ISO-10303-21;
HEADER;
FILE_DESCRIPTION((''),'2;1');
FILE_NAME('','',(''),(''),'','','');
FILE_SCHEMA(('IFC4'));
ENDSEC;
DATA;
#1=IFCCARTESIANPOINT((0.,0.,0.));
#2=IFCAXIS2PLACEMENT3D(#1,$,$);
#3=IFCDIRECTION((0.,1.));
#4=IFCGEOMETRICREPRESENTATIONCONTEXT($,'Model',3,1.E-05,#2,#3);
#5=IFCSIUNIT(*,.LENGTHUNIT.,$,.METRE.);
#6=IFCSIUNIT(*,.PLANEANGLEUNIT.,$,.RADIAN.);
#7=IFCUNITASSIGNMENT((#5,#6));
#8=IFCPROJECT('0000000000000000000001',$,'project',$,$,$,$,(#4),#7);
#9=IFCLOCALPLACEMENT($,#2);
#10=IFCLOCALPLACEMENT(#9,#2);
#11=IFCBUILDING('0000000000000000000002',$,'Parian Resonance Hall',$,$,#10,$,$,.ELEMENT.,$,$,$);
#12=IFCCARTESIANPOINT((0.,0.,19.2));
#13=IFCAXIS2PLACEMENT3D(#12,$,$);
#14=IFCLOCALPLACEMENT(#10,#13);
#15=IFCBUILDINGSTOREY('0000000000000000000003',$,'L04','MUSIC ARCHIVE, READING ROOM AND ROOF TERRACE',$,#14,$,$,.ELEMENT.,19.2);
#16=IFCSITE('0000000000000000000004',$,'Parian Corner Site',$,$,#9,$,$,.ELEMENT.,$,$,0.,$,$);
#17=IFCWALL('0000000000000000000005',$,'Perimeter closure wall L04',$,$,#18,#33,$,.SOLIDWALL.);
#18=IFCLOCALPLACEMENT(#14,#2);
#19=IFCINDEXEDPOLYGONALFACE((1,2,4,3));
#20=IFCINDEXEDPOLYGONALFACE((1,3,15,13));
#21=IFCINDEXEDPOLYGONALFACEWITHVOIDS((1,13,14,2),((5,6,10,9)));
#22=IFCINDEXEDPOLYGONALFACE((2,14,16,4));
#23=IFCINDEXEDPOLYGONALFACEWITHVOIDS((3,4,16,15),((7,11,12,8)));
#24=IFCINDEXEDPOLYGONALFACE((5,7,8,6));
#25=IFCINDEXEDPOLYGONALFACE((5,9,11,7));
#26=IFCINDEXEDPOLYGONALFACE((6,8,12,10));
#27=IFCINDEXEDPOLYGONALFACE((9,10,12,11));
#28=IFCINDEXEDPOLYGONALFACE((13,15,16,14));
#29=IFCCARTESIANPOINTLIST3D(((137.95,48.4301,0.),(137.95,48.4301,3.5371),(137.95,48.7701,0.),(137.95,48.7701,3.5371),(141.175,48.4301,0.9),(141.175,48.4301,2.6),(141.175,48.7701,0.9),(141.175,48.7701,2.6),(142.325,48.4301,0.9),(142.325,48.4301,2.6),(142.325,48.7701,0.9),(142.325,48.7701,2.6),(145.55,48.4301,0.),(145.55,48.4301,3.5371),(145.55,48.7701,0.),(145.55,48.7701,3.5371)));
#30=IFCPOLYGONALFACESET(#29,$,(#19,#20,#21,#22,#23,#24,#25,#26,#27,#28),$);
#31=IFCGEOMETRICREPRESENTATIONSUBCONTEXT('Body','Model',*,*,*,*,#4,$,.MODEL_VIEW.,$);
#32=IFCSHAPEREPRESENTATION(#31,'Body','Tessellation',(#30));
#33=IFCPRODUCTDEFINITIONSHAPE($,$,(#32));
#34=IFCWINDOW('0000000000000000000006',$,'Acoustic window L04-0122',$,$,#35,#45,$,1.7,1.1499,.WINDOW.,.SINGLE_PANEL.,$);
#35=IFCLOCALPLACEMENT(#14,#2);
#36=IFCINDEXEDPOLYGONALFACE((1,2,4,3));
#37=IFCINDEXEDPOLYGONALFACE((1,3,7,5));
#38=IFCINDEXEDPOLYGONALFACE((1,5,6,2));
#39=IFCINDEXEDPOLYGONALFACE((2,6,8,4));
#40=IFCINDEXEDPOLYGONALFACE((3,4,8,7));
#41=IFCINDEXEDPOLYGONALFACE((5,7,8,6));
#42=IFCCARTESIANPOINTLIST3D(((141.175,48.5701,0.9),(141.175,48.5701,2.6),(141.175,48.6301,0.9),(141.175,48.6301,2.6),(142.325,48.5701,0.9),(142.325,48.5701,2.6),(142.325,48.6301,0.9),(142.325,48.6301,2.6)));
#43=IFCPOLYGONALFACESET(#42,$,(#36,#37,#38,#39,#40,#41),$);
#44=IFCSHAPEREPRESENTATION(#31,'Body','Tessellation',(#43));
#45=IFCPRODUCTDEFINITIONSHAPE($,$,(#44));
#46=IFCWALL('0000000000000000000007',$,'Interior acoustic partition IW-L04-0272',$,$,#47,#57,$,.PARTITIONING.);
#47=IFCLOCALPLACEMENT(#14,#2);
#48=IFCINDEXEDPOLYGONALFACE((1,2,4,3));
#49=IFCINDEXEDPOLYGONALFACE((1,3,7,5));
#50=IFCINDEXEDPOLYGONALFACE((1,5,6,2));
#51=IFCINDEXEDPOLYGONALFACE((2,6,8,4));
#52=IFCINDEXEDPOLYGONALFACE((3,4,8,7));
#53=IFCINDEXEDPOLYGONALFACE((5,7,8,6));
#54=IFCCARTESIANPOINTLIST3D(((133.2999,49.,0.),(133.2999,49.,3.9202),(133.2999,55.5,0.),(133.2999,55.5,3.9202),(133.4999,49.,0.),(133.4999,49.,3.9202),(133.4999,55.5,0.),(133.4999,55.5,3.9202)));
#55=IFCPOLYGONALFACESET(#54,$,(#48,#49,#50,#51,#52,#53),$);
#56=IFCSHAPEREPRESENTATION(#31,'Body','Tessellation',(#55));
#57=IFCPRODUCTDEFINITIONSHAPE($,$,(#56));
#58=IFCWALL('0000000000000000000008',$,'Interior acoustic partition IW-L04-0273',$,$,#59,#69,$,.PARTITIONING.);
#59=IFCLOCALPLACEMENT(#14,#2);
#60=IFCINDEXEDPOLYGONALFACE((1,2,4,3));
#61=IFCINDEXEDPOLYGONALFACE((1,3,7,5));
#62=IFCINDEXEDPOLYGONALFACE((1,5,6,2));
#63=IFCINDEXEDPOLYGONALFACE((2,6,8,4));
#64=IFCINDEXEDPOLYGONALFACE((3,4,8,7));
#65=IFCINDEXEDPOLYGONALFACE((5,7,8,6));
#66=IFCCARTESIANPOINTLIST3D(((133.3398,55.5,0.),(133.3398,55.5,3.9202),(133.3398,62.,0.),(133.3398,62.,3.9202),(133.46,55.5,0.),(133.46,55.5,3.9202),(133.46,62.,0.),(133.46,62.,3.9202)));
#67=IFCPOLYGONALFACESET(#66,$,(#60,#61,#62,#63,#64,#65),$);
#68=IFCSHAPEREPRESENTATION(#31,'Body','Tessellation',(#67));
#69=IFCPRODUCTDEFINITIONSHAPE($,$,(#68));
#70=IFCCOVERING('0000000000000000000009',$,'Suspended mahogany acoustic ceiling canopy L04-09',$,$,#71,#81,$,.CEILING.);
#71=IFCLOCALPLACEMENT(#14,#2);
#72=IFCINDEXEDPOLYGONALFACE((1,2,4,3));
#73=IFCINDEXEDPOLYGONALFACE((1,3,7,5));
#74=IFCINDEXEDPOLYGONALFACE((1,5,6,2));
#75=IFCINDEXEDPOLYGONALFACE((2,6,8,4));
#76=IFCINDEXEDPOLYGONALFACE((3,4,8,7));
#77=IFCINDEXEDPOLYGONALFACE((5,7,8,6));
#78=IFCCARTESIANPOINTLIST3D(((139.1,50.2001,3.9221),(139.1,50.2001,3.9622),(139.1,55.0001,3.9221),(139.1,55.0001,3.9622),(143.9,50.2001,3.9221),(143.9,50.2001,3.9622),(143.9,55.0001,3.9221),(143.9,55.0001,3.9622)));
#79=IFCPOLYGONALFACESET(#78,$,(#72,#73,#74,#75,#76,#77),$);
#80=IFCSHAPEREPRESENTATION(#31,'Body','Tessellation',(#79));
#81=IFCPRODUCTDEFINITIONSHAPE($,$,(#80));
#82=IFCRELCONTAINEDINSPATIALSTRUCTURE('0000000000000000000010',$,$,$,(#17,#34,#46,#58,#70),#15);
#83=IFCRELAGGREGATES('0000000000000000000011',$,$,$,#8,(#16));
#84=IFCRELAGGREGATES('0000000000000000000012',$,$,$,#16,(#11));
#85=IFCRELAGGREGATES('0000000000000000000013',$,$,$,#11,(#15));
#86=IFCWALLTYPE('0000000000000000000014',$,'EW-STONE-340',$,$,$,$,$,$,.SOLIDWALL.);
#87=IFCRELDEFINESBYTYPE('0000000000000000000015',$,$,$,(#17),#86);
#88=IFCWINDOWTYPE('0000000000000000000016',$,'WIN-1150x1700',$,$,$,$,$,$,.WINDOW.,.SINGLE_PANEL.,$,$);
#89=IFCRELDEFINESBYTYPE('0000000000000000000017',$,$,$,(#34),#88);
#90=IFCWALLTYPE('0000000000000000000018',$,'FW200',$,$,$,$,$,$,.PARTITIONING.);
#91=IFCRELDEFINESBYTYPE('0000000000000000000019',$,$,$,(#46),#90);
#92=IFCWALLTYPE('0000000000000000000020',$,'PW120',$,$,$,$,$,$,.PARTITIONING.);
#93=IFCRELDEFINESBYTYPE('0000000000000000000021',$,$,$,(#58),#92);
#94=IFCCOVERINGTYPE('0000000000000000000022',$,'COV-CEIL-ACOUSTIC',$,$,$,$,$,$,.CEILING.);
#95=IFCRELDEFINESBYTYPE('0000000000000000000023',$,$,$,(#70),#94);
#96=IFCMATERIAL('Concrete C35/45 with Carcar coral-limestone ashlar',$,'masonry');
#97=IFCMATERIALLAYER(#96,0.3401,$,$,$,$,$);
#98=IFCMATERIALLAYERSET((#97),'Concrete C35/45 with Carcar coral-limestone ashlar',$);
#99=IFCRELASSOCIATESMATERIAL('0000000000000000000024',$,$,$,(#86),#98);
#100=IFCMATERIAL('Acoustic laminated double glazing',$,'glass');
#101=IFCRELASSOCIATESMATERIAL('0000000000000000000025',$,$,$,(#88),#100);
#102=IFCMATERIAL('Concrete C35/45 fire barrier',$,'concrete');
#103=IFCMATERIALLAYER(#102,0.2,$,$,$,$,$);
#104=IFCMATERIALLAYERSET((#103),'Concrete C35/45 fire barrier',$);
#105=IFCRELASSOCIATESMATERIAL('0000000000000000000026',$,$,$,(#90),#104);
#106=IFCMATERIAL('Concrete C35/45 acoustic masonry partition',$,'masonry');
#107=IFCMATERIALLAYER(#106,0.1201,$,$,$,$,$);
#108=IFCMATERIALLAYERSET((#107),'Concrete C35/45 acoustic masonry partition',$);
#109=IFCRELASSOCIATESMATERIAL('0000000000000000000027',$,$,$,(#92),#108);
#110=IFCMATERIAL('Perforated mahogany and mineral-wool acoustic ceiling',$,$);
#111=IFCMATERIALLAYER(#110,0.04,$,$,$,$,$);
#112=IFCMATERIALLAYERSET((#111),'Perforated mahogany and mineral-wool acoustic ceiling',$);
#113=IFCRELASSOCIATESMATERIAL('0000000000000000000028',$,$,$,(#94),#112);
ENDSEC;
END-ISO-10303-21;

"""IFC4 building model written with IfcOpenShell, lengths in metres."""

from ifc_helpers import new_model, si_unit, direction, frame, frame_2d, origin, origin_2d, place, context, subcontext, project, spatial, rectangle, extrude, material, layer, layer_set, type_object, element, fill, save


model = new_model("IFC4")

# Units and contexts
model_context = context("Model", 3, precision=1e-05, world=origin(), true_north=direction((0.0, 1.0)))
body_context = subcontext(model_context, "Body", "Model", "MODEL_VIEW")
ifc_project = project(units=[si_unit("LENGTHUNIT", "METRE"), si_unit("PLANEANGLEUNIT", "RADIAN")], contexts=[model_context])

# Site, building, storey
site_placement = place(None, origin())
site = spatial("IfcSite", under=ifc_project, at=site_placement, Name="Parian Corner Site", CompositionType="ELEMENT", RefElevation=0.0)
building_placement = place(site_placement, origin())
building = spatial("IfcBuilding", under=site, at=building_placement, Name="Parian Resonance Hall", CompositionType="ELEMENT")
storey_placement = place(building_placement, frame((0.0, 0.0, 19.2)))
storey = spatial("IfcBuildingStorey", under=building, at=storey_placement, Name="L04", Description="MUSIC ARCHIVE, READING ROOM AND ROOF TERRACE", CompositionType="ELEMENT", Elevation=19.2)

# Shared definitions
ifc_material_1 = material(Name="Concrete C35/45 with Carcar coral-limestone ashlar", Category="masonry")
ifc_layer_1 = layer(ifc_material_1, 0.3401)
ifc_layer_set_1 = layer_set([ifc_layer_1], Name="Concrete C35/45 with Carcar coral-limestone ashlar")
wall_type_1 = type_object("IfcWallType", Name="EW-STONE-340", PredefinedType="SOLIDWALL", material=ifc_layer_set_1)

# Wall, opening, window
wall_1_placement = place(storey_placement, frame((137.95, 48.6001, 0.0), z_axis=(0.0, 0.0, 1.0), x_axis=(1.0, 0.0, 0.0)))
wall_1 = element("IfcWall", 1, at=wall_1_placement, inside=storey, type_object=wall_type_1, Name="Perimeter closure wall L04", PredefinedType="SOLIDWALL", context=body_context, shape_type="SweptSolid", body=[
    extrude(rectangle(XDim=7.6001, YDim=0.3401, at=frame_2d((3.8, 0.0))), origin(), (0.0, 0.0, 1.0), 3.5371),
])
opening_placement = place(wall_1_placement, frame((3.2251, 0.0, 0.8999)))
opening = element("IfcOpeningElement", 2, at=opening_placement, cuts=wall_1, PredefinedType="OPENING", context=body_context, shape_type="SweptSolid", body=[
    extrude(rectangle(XDim=1.1499, YDim=1.7, at=frame_2d((0.575, 0.8501))), frame((0.0, 0.1799, 0.0), z_axis=(0.0, -1.0, 0.0), x_axis=(1.0, 0.0, 0.0)), (0.0, 0.0, 1.0), 0.3601),
])
ifc_material_2 = material(Name="Acoustic laminated double glazing", Category="glass")
window_type = type_object("IfcWindowType", Name="WIN-1150x1700", PartitioningType="SINGLE_PANEL", PredefinedType="WINDOW", material=ifc_material_2)
window_placement = place(opening_placement, origin())
window = element("IfcWindow", 3, at=window_placement, inside=storey, type_object=window_type, Name="Acoustic window L04-0122", OverallHeight=1.7, OverallWidth=1.1499, PartitioningType="SINGLE_PANEL", PredefinedType="WINDOW", context=body_context, shape_type="SweptSolid", body=[
    extrude(rectangle(XDim=1.1499, YDim=1.7, at=frame_2d((0.575, 0.8501))), frame((0.0, 0.03, 0.0), z_axis=(0.0, -1.0, 0.0), x_axis=(1.0, 0.0, 0.0)), (0.0, 0.0, 1.0), 0.0601),
])
fill(opening, window)

# Walls
ifc_material_3 = material(Name="Concrete C35/45 fire barrier", Category="concrete")
ifc_layer_2 = layer(ifc_material_3, 0.2)
ifc_layer_set_2 = layer_set([ifc_layer_2], Name="Concrete C35/45 fire barrier")
wall_type_2 = type_object("IfcWallType", Name="FW200", PredefinedType="PARTITIONING", material=ifc_layer_set_2)
wall_2_placement = place(storey_placement, frame((133.3999, 49.0, 0.0), z_axis=(0.0, 0.0, 1.0), x_axis=(0.0, 1.0, 0.0)))
element("IfcWall", 4, at=wall_2_placement, inside=storey, type_object=wall_type_2, Name="Interior acoustic partition IW-L04-0272", PredefinedType="PARTITIONING", context=body_context, shape_type="SweptSolid", body=[
    extrude(rectangle(XDim=6.5, YDim=0.2, at=frame_2d((3.25, 0.0))), origin(), (0.0, 0.0, 1.0), 3.9202),
])
ifc_material_4 = material(Name="Concrete C35/45 acoustic masonry partition", Category="masonry")
ifc_layer_3 = layer(ifc_material_4, 0.1201)
ifc_layer_set_3 = layer_set([ifc_layer_3], Name="Concrete C35/45 acoustic masonry partition")
wall_type_3 = type_object("IfcWallType", Name="PW120", PredefinedType="PARTITIONING", material=ifc_layer_set_3)
wall_3_placement = place(storey_placement, frame((133.3999, 55.5, 0.0), z_axis=(0.0, 0.0, 1.0), x_axis=(0.0, 1.0, 0.0)))
element("IfcWall", 5, at=wall_3_placement, inside=storey, type_object=wall_type_3, Name="Interior acoustic partition IW-L04-0273", PredefinedType="PARTITIONING", context=body_context, shape_type="SweptSolid", body=[
    extrude(rectangle(XDim=6.5, YDim=0.1201, at=frame_2d((3.25, 0.0))), origin(), (0.0, 0.0, 1.0), 3.9202),
])

# Covering
ifc_material_5 = material(Name="Perforated mahogany and mineral-wool acoustic ceiling")
ifc_layer_4 = layer(ifc_material_5, 0.04)
ifc_layer_set_4 = layer_set([ifc_layer_4], Name="Perforated mahogany and mineral-wool acoustic ceiling")
covering_type = type_object("IfcCoveringType", Name="COV-CEIL-ACOUSTIC", PredefinedType="CEILING", material=ifc_layer_set_4)
covering_placement = place(storey_placement, frame((141.5, 52.6001, 3.9221), z_axis=(0.0, 0.0, 1.0), x_axis=(1.0, 0.0, 0.0)))
element("IfcCovering", 6, at=covering_placement, inside=storey, type_object=covering_type, Name="Suspended mahogany acoustic ceiling canopy L04-09", PredefinedType="CEILING", context=body_context, shape_type="SweptSolid", body=[
    extrude(rectangle(XDim=4.8, YDim=4.8, at=origin_2d()), origin(), (0.0, 0.0, 1.0), 0.04),
])

save(model, "model.ifc")
